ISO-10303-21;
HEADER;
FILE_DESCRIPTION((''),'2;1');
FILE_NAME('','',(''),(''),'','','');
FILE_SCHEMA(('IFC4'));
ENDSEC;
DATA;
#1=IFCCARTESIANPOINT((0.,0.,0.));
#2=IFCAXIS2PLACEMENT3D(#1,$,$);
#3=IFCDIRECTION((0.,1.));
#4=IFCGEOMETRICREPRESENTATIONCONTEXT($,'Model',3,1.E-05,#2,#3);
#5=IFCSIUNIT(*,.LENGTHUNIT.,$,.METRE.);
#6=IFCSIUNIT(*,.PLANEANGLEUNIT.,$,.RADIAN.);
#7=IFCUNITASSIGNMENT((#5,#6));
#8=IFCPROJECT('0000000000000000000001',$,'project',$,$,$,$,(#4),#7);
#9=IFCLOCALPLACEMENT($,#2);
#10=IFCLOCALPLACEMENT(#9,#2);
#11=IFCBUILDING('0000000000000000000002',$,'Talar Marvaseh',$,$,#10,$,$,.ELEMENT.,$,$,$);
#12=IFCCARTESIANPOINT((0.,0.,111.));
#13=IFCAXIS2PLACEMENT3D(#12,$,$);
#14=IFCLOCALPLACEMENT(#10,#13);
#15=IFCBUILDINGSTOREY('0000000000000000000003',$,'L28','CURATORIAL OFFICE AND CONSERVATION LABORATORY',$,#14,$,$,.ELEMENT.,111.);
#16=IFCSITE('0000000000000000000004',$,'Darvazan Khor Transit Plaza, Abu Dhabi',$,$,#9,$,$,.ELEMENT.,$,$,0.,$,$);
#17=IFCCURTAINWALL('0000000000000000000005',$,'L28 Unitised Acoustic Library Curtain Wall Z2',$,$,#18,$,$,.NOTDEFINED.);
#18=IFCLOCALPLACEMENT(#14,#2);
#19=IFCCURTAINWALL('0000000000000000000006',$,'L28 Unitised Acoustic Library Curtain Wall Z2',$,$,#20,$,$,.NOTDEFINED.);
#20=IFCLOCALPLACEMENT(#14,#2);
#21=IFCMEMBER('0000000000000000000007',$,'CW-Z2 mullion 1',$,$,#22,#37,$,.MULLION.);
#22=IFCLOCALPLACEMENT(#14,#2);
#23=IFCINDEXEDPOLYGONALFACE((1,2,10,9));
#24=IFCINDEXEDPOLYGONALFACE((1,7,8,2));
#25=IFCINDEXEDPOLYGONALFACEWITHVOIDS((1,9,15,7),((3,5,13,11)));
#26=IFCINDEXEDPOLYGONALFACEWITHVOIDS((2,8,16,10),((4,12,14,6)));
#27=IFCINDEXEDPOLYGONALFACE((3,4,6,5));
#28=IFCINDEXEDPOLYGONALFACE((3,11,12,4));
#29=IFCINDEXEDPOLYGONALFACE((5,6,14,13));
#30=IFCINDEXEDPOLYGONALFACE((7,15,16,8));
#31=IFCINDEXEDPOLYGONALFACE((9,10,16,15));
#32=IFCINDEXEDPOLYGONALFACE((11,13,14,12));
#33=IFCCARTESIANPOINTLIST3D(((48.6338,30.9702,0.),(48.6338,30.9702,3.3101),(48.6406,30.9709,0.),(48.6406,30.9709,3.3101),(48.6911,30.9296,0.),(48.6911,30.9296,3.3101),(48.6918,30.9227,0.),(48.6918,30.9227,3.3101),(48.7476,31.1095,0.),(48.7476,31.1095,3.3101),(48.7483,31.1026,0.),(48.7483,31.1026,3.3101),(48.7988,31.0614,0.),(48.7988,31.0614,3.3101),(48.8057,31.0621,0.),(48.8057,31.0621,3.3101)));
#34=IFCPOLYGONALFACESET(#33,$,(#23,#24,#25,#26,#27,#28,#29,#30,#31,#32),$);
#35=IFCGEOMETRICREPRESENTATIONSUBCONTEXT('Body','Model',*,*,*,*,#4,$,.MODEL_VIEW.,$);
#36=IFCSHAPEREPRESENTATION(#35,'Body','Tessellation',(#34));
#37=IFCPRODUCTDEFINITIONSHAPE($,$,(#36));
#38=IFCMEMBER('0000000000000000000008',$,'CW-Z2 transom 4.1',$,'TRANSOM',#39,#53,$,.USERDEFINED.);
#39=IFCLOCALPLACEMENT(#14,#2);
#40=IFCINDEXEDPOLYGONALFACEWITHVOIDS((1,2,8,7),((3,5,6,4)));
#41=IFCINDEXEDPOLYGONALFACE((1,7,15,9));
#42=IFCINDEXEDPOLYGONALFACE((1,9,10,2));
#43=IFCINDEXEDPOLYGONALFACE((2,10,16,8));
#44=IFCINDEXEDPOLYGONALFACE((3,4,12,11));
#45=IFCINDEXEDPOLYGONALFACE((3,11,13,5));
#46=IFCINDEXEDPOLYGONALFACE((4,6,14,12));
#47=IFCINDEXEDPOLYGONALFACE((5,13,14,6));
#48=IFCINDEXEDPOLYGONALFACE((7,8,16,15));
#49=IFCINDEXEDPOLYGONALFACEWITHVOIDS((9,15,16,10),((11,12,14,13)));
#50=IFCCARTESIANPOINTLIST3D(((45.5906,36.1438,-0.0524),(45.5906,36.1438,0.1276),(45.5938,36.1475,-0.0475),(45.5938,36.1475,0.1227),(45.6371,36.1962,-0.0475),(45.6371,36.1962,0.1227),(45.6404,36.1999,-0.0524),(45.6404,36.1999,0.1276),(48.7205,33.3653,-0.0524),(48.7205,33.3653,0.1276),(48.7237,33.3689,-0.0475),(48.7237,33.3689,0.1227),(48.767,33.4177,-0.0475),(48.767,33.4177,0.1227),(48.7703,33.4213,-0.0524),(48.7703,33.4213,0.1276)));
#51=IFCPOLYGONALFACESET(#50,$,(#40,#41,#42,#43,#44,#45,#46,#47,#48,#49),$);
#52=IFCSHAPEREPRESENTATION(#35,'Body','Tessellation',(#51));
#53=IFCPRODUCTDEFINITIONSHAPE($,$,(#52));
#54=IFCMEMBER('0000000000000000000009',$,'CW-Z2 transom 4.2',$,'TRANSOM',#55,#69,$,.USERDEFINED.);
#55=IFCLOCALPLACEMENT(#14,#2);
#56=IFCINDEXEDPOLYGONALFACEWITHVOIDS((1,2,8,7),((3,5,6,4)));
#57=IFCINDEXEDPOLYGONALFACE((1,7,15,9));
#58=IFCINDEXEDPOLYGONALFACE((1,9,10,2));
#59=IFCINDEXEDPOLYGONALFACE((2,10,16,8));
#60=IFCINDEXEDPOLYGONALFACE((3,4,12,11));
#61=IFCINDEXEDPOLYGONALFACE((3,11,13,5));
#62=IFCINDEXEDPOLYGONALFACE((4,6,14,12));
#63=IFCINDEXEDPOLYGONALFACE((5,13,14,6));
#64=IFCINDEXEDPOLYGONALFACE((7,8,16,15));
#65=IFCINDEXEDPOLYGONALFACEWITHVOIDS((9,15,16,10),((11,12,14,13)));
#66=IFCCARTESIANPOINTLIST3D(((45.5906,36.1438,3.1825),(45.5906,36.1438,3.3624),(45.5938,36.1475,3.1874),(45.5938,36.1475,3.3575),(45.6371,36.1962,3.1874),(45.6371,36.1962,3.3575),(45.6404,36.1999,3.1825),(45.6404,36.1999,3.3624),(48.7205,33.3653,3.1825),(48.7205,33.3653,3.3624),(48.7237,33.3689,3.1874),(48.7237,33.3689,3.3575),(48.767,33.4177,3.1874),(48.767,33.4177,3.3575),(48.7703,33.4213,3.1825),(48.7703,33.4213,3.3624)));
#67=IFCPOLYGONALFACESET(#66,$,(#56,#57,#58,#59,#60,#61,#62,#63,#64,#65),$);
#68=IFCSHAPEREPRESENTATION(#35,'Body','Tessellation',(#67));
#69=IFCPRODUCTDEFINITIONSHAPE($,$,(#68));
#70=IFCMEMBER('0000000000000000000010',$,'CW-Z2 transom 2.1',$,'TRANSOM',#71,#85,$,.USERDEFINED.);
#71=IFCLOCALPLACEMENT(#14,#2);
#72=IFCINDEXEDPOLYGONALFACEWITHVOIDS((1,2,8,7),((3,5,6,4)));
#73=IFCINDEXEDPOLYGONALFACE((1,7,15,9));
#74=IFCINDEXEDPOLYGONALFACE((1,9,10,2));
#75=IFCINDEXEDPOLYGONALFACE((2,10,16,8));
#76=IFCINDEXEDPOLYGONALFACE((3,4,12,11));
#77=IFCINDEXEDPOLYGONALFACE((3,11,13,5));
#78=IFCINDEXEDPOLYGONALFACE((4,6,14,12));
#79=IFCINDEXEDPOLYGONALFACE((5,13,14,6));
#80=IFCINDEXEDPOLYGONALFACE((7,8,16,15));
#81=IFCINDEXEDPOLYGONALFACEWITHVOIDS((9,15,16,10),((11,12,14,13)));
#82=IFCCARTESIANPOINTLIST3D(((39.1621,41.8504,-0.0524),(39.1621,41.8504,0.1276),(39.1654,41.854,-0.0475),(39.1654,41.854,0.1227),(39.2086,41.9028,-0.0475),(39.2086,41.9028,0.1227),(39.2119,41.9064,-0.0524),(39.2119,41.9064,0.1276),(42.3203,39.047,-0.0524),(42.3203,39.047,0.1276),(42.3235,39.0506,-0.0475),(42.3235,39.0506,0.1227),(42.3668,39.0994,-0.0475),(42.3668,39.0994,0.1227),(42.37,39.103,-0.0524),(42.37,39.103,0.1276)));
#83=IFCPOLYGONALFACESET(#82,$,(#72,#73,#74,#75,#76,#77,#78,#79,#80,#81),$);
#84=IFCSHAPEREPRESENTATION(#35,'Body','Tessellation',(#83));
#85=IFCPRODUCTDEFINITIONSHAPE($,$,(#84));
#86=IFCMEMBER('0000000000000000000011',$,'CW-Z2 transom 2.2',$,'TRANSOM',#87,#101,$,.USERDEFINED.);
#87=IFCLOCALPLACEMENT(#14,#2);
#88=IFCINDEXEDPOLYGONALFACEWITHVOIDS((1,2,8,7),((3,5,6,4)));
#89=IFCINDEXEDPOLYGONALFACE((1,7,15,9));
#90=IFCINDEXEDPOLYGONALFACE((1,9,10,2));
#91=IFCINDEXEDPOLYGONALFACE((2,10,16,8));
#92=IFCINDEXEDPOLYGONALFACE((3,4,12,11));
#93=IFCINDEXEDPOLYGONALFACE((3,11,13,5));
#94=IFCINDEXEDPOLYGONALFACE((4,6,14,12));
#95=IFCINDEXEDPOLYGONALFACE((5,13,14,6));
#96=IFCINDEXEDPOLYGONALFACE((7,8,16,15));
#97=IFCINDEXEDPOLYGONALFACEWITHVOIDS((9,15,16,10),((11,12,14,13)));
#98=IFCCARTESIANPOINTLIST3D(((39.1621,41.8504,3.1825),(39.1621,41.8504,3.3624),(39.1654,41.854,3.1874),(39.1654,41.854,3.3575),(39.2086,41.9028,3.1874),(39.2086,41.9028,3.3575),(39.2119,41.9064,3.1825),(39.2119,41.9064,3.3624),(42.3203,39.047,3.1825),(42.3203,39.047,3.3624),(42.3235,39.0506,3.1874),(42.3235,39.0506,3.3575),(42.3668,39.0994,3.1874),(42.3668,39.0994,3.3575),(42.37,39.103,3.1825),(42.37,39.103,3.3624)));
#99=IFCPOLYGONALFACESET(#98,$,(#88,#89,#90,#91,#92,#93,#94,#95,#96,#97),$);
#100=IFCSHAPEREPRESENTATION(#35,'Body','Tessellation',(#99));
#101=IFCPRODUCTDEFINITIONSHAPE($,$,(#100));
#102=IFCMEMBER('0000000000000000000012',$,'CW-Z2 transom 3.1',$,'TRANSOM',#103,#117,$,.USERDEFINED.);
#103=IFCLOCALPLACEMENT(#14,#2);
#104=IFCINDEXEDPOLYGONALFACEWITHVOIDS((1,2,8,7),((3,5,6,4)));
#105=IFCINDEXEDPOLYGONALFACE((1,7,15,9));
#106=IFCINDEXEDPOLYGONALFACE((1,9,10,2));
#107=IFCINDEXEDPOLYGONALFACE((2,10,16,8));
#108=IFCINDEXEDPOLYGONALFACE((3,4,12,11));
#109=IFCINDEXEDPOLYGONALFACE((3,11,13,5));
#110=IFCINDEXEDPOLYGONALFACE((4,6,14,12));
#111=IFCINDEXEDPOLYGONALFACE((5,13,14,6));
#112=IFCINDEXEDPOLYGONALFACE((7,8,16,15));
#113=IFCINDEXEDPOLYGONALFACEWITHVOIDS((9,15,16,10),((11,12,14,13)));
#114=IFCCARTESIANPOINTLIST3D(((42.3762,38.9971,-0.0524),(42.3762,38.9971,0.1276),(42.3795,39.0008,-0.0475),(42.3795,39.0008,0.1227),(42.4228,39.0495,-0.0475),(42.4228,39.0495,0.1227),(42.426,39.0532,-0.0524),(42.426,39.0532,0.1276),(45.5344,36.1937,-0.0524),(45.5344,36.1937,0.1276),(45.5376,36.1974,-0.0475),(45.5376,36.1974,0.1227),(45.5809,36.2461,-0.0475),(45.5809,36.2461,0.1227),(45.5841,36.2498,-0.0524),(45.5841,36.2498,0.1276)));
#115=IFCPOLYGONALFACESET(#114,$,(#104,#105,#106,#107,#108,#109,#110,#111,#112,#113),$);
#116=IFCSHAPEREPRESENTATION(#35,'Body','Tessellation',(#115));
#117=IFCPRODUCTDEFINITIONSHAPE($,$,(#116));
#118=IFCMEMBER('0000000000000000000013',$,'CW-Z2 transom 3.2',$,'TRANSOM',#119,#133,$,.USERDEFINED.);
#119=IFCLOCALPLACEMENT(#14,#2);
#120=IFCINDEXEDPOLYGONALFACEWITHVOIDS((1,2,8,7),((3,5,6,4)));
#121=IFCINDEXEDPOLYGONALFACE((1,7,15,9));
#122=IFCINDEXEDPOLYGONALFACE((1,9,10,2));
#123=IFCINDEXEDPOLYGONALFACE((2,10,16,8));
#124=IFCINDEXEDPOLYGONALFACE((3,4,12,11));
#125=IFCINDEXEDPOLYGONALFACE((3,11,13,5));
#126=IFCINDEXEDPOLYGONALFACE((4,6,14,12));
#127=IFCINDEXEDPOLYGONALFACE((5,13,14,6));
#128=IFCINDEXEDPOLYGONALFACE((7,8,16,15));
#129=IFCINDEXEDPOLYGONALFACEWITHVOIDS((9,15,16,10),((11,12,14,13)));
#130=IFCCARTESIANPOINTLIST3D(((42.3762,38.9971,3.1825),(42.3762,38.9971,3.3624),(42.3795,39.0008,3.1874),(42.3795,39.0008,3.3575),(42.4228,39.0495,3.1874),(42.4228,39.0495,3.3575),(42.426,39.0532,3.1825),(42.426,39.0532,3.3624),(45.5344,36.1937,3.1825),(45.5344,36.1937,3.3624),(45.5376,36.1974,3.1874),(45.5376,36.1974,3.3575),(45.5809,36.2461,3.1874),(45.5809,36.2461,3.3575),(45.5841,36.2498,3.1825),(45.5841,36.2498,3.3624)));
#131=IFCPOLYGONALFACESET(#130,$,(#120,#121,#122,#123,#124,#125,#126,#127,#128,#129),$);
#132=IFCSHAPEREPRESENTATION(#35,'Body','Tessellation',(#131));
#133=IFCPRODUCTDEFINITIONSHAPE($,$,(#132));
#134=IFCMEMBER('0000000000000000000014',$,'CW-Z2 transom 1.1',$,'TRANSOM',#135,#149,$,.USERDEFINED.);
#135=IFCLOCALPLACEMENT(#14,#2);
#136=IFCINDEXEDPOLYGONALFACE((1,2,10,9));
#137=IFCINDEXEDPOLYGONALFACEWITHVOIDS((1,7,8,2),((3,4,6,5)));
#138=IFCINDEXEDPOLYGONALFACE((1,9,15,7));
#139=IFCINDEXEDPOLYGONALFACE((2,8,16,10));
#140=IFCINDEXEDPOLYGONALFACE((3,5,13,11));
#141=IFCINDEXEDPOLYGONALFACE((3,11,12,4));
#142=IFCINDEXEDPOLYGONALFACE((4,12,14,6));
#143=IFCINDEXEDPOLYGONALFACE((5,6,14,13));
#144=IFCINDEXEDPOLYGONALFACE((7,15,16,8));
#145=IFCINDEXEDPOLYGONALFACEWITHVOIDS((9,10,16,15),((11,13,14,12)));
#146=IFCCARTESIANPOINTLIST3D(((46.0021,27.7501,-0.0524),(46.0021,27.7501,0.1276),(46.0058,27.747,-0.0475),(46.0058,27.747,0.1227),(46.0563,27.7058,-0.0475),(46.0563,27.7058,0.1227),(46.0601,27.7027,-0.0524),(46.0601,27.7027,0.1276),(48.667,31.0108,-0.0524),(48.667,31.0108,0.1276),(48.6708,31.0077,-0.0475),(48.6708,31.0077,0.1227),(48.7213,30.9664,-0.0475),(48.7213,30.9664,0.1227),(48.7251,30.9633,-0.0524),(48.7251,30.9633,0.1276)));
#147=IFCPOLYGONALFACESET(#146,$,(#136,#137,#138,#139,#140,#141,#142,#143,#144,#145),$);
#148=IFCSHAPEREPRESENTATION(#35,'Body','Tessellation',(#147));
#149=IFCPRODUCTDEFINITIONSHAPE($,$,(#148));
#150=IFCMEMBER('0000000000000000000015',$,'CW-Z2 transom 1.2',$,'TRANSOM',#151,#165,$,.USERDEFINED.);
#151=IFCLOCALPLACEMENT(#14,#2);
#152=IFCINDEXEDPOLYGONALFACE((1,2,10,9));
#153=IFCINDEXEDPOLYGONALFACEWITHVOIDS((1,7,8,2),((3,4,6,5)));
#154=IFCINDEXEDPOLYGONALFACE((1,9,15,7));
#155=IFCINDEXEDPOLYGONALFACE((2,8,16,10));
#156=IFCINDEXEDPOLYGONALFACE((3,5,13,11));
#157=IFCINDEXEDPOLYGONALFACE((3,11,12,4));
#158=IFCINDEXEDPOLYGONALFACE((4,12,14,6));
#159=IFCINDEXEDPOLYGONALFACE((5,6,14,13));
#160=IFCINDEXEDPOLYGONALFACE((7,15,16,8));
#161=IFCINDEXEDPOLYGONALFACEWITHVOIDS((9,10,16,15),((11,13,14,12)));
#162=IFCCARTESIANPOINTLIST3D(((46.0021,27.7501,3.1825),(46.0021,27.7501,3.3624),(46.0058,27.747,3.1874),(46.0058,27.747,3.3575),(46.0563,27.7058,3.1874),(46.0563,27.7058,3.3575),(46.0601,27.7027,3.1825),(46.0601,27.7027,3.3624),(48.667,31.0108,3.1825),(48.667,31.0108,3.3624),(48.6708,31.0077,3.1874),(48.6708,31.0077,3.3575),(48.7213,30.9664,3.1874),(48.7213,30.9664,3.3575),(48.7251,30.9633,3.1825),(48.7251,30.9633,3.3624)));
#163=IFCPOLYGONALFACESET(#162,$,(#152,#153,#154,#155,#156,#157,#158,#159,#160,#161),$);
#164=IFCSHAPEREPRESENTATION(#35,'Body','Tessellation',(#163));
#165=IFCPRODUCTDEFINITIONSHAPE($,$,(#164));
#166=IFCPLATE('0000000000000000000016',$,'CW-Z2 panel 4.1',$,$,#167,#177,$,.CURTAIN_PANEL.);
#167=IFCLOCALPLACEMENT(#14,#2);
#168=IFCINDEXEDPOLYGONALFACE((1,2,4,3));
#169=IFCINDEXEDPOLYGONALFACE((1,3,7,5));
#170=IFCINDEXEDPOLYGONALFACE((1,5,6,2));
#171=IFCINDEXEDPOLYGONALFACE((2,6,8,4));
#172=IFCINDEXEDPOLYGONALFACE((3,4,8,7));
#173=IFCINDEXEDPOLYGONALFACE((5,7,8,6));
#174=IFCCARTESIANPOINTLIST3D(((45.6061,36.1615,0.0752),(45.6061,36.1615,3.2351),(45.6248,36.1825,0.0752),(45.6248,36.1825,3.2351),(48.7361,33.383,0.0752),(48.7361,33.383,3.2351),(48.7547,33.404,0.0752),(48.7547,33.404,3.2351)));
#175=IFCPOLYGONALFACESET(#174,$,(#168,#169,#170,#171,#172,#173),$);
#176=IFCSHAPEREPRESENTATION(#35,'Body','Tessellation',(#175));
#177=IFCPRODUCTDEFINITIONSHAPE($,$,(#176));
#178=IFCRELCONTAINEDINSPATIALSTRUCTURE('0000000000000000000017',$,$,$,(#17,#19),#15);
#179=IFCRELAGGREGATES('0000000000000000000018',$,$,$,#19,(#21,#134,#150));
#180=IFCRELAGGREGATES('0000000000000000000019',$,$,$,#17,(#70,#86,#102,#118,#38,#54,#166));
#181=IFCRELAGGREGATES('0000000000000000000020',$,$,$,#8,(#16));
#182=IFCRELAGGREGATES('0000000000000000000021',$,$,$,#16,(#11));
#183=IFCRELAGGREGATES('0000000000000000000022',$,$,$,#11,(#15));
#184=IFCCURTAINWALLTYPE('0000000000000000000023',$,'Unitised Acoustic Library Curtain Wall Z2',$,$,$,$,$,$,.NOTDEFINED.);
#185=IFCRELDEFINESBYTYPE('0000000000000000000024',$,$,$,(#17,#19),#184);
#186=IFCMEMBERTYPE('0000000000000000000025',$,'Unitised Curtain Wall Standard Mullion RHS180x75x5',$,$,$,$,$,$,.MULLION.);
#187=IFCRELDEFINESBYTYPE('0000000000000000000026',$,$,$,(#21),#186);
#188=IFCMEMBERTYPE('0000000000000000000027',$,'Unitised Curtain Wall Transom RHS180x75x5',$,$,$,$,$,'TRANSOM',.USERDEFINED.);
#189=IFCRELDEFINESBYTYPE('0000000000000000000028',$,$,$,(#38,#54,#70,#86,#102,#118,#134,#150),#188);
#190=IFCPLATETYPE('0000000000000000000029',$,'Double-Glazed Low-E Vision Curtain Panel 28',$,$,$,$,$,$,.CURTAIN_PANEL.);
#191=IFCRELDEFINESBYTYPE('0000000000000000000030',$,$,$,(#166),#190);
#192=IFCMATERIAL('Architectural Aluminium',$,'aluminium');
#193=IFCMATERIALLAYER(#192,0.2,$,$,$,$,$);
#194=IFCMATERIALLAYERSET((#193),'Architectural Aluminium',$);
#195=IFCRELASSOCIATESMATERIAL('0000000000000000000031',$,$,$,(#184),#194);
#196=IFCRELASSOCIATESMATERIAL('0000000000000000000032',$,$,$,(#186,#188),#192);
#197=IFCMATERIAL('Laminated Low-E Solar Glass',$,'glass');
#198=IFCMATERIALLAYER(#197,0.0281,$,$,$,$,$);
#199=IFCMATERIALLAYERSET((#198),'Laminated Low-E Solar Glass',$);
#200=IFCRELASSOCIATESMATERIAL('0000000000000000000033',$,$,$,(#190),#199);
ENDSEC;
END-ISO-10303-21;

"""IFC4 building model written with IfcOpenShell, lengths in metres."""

from ifc_helpers import new_model, si_unit, direction, frame, origin, origin_2d, place, context, subcontext, project, spatial, rectangle, hollow_rectangle, extrude, source, transform, mapped, material, layer, layer_set, material_profile, profile_set, type_object, type_shapes, element, aggregate, save


model = new_model("IFC4")

# Units and contexts
model_context = context("Model", 3, precision=1e-05, world=origin(), true_north=direction((0.0, 1.0)))
body_context = subcontext(model_context, "Body", "Model", "MODEL_VIEW")
ifc_project = project(units=[si_unit("LENGTHUNIT", "METRE"), si_unit("PLANEANGLEUNIT", "RADIAN")], contexts=[model_context])

# Site, building, storey
site_placement = place(None, origin())
site = spatial("IfcSite", under=ifc_project, at=site_placement, Name="Darvazan Khor Transit Plaza, Abu Dhabi", CompositionType="ELEMENT", RefElevation=0.0)
building_placement = place(site_placement, origin())
building = spatial("IfcBuilding", under=site, at=building_placement, Name="Talar Marvaseh", CompositionType="ELEMENT")
storey_placement = place(building_placement, frame((0.0, 0.0, 111.0)))
storey = spatial("IfcBuildingStorey", under=building, at=storey_placement, Name="L28", Description="CURATORIAL OFFICE AND CONSERVATION LABORATORY", CompositionType="ELEMENT", Elevation=111.0)

# Curtain wall
ifc_material_1 = material(Name="Architectural Aluminium", Category="aluminium")
ifc_layer_1 = layer(ifc_material_1, 0.2)
ifc_layer_set_1 = layer_set([ifc_layer_1], Name="Architectural Aluminium")
curtain_wall_type = type_object("IfcCurtainWallType", Name="Unitised Acoustic Library Curtain Wall Z2", PredefinedType="NOTDEFINED", material=ifc_layer_set_1)
curtain_wall_1_placement = place(storey_placement, origin())
curtain_wall_1 = element("IfcCurtainWall", 1, at=curtain_wall_1_placement, inside=storey, type_object=curtain_wall_type, Name="L28 Unitised Acoustic Library Curtain Wall Z2", PredefinedType="NOTDEFINED")
ifc_material_profile_1 = material_profile(ifc_material_1, hollow_rectangle(XDim=0.075, YDim=0.1799, WallThickness=0.0049, at=origin_2d()), Name="RHS180x75x5")
ifc_profile_set_1 = profile_set([ifc_material_profile_1], Name="Architectural Aluminium")
member_type_1 = type_object("IfcMemberType", Name="Unitised Curtain Wall Standard Mullion RHS180x75x5", PredefinedType="MULLION", material=ifc_profile_set_1)
shared_shape_1 = source(origin(), body_context, "Body", "SweptSolid", [
    extrude(hollow_rectangle(XDim=0.075, YDim=0.1799, WallThickness=0.0049, at=origin_2d()), origin(), (0.0, 0.0, 1.0), 3.3101),
])
type_shapes(member_type_1, [shared_shape_1])

# Curtain wall, member
curtain_wall_2_placement = place(storey_placement, origin())
curtain_wall_2 = element("IfcCurtainWall", 2, at=curtain_wall_2_placement, inside=storey, type_object=curtain_wall_type, Name="L28 Unitised Acoustic Library Curtain Wall Z2", PredefinedType="NOTDEFINED")
member_1_placement = place(storey_placement, frame((48.7197, 31.0161, 0.0), z_axis=(0.0, 0.0, 1.0), x_axis=(0.774296, -0.632824, 0.0)))
member_1 = element("IfcMember", 3, at=member_1_placement, type_object=member_type_1, Name="CW-Z2 mullion 1", PredefinedType="MULLION", context=body_context, shape_type="MappedRepresentation", body=[
    mapped(shared_shape_1, transform((0.0, 0.0, 0.0), x_axis=(1.0, 0.0, 0.0), y_axis=(0.0, 1.0, 0.0), z_axis=(0.0, 0.0, 1.0), scale=1.0)),
])

# Members
ifc_material_profile_2 = material_profile(ifc_material_1, hollow_rectangle(XDim=0.075, YDim=0.1799, WallThickness=0.0049, at=origin_2d()), Name="RHS180x75x5")
ifc_profile_set_2 = profile_set([ifc_material_profile_2], Name="Architectural Aluminium")
member_type_2 = type_object("IfcMemberType", Name="Unitised Curtain Wall Transom RHS180x75x5", ElementType="TRANSOM", PredefinedType="USERDEFINED", material=ifc_profile_set_2)
shared_shape_2 = source(origin(), body_context, "Body", "SweptSolid", [
    extrude(hollow_rectangle(XDim=0.075, YDim=0.1799, WallThickness=0.0049, at=origin_2d()), origin(), (0.0, 0.0, 1.0), 4.1853),
])
member_2_placement = place(storey_placement, frame((45.6155, 36.1719, 0.0376), z_axis=(0.747831, -0.663889, 0.0), x_axis=(0.663889, 0.747831, 0.0)))
member_2 = element("IfcMember", 4, at=member_2_placement, type_object=member_type_2, Name="CW-Z2 transom 4.1", ObjectType="TRANSOM", PredefinedType="USERDEFINED", context=body_context, shape_type="MappedRepresentation", body=[
    mapped(shared_shape_2, transform((0.0, 0.0, 0.0), x_axis=(1.0, 0.0, 0.0), y_axis=(0.0, 1.0, 0.0), z_axis=(0.0, 0.0, 1.0), scale=1.0)),
])
member_3_placement = place(storey_placement, frame((45.6155, 36.1719, 3.2725), z_axis=(0.747831, -0.663889, 0.0), x_axis=(0.663889, 0.747831, 0.0)))
member_3 = element("IfcMember", 5, at=member_3_placement, type_object=member_type_2, Name="CW-Z2 transom 4.2", ObjectType="TRANSOM", PredefinedType="USERDEFINED", context=body_context, shape_type="MappedRepresentation", body=[
    mapped(shared_shape_2, transform((0.0, 0.0, 0.0), x_axis=(1.0, 0.0, 0.0), y_axis=(0.0, 1.0, 0.0), z_axis=(0.0, 0.0, 1.0), scale=1.0)),
])
shared_shape_3 = source(origin(), body_context, "Body", "SweptSolid", [
    extrude(hollow_rectangle(XDim=0.075, YDim=0.1799, WallThickness=0.0049, at=origin_2d()), origin(), (0.0, 0.0, 1.0), 4.2229),
])
member_4_placement = place(storey_placement, frame((39.187, 41.8784, 0.0376), z_axis=(0.747859, -0.663858, 0.0), x_axis=(0.663858, 0.747859, 0.0)))
member_4 = element("IfcMember", 6, at=member_4_placement, type_object=member_type_2, Name="CW-Z2 transom 2.1", ObjectType="TRANSOM", PredefinedType="USERDEFINED", context=body_context, shape_type="MappedRepresentation", body=[
    mapped(shared_shape_3, transform((0.0, 0.0, 0.0), x_axis=(1.0, 0.0, 0.0), y_axis=(0.0, 1.0, 0.0), z_axis=(0.0, 0.0, 1.0), scale=1.0)),
])
member_5_placement = place(storey_placement, frame((39.187, 41.8784, 3.2725), z_axis=(0.747859, -0.663858, 0.0), x_axis=(0.663858, 0.747859, 0.0)))
member_5 = element("IfcMember", 7, at=member_5_placement, type_object=member_type_2, Name="CW-Z2 transom 2.2", ObjectType="TRANSOM", PredefinedType="USERDEFINED", context=body_context, shape_type="MappedRepresentation", body=[
    mapped(shared_shape_3, transform((0.0, 0.0, 0.0), x_axis=(1.0, 0.0, 0.0), y_axis=(0.0, 1.0, 0.0), z_axis=(0.0, 0.0, 1.0), scale=1.0)),
])
member_6_placement = place(storey_placement, frame((42.4011, 39.0251, 0.0376), z_axis=(0.747859, -0.663858, 0.0), x_axis=(0.663858, 0.747859, 0.0)))
member_6 = element("IfcMember", 8, at=member_6_placement, type_object=member_type_2, Name="CW-Z2 transom 3.1", ObjectType="TRANSOM", PredefinedType="USERDEFINED", context=body_context, shape_type="MappedRepresentation", body=[
    mapped(shared_shape_3, transform((0.0, 0.0, 0.0), x_axis=(1.0, 0.0, 0.0), y_axis=(0.0, 1.0, 0.0), z_axis=(0.0, 0.0, 1.0), scale=1.0)),
])
member_7_placement = place(storey_placement, frame((42.4011, 39.0251, 3.2725), z_axis=(0.747859, -0.663858, 0.0), x_axis=(0.663858, 0.747859, 0.0)))
member_7 = element("IfcMember", 9, at=member_7_placement, type_object=member_type_2, Name="CW-Z2 transom 3.2", ObjectType="TRANSOM", PredefinedType="USERDEFINED", context=body_context, shape_type="MappedRepresentation", body=[
    mapped(shared_shape_3, transform((0.0, 0.0, 0.0), x_axis=(1.0, 0.0, 0.0), y_axis=(0.0, 1.0, 0.0), z_axis=(0.0, 0.0, 1.0), scale=1.0)),
])
shared_shape_4 = source(origin(), body_context, "Body", "SweptSolid", [
    extrude(hollow_rectangle(XDim=0.075, YDim=0.1799, WallThickness=0.0049, at=origin_2d()), origin(), (0.0, 0.0, 1.0), 4.2112),
])
type_shapes(member_type_2, [shared_shape_2, shared_shape_3, shared_shape_4])
member_8_placement = place(storey_placement, frame((48.696, 30.9871, 0.0376), z_axis=(-0.632834, -0.774288, 0.0), x_axis=(0.774288, -0.632834, 0.0)))
member_8 = element("IfcMember", 10, at=member_8_placement, type_object=member_type_2, Name="CW-Z2 transom 1.1", ObjectType="TRANSOM", PredefinedType="USERDEFINED", context=body_context, shape_type="MappedRepresentation", body=[
    mapped(shared_shape_4, transform((0.0, 0.0, 0.0), x_axis=(1.0, 0.0, 0.0), y_axis=(0.0, 1.0, 0.0), z_axis=(0.0, 0.0, 1.0), scale=1.0)),
])
member_9_placement = place(storey_placement, frame((48.696, 30.9871, 3.2725), z_axis=(-0.632834, -0.774288, 0.0), x_axis=(0.774288, -0.632834, 0.0)))
member_9 = element("IfcMember", 11, at=member_9_placement, type_object=member_type_2, Name="CW-Z2 transom 1.2", ObjectType="TRANSOM", PredefinedType="USERDEFINED", context=body_context, shape_type="MappedRepresentation", body=[
    mapped(shared_shape_4, transform((0.0, 0.0, 0.0), x_axis=(1.0, 0.0, 0.0), y_axis=(0.0, 1.0, 0.0), z_axis=(0.0, 0.0, 1.0), scale=1.0)),
])
aggregate(curtain_wall_2, [member_1, member_8, member_9])

# Plate
ifc_material_2 = material(Name="Laminated Low-E Solar Glass", Category="glass")
ifc_layer_2 = layer(ifc_material_2, 0.0281)
ifc_layer_set_2 = layer_set([ifc_layer_2], Name="Laminated Low-E Solar Glass")
plate_type = type_object("IfcPlateType", Name="Double-Glazed Low-E Vision Curtain Panel 28", PredefinedType="CURTAIN_PANEL", material=ifc_layer_set_2)
shared_shape_5 = source(origin(), body_context, "Body", "SweptSolid", [
    extrude(rectangle(XDim=4.1853, YDim=0.0281, at=origin_2d()), origin(), (0.0, 0.0, 1.0), 3.1599),
])
plate_1_placement = place(storey_placement, frame((47.1804, 34.7827, 0.0752), z_axis=(0.0, 0.0, 1.0), x_axis=(0.747842, -0.663877, 0.0)))
plate_1 = element("IfcPlate", 12, at=plate_1_placement, type_object=plate_type, Name="CW-Z2 panel 4.1", PredefinedType="CURTAIN_PANEL", context=body_context, shape_type="MappedRepresentation", body=[
    mapped(shared_shape_5, transform((0.0, 0.0, 0.0), x_axis=(1.0, 0.0, 0.0), y_axis=(0.0, 1.0, 0.0), z_axis=(0.0, 0.0, 1.0), scale=1.0)),
])
aggregate(curtain_wall_1, [member_4, member_5, member_6, member_7, member_2, member_3, plate_1])

save(model, "model.ifc")
